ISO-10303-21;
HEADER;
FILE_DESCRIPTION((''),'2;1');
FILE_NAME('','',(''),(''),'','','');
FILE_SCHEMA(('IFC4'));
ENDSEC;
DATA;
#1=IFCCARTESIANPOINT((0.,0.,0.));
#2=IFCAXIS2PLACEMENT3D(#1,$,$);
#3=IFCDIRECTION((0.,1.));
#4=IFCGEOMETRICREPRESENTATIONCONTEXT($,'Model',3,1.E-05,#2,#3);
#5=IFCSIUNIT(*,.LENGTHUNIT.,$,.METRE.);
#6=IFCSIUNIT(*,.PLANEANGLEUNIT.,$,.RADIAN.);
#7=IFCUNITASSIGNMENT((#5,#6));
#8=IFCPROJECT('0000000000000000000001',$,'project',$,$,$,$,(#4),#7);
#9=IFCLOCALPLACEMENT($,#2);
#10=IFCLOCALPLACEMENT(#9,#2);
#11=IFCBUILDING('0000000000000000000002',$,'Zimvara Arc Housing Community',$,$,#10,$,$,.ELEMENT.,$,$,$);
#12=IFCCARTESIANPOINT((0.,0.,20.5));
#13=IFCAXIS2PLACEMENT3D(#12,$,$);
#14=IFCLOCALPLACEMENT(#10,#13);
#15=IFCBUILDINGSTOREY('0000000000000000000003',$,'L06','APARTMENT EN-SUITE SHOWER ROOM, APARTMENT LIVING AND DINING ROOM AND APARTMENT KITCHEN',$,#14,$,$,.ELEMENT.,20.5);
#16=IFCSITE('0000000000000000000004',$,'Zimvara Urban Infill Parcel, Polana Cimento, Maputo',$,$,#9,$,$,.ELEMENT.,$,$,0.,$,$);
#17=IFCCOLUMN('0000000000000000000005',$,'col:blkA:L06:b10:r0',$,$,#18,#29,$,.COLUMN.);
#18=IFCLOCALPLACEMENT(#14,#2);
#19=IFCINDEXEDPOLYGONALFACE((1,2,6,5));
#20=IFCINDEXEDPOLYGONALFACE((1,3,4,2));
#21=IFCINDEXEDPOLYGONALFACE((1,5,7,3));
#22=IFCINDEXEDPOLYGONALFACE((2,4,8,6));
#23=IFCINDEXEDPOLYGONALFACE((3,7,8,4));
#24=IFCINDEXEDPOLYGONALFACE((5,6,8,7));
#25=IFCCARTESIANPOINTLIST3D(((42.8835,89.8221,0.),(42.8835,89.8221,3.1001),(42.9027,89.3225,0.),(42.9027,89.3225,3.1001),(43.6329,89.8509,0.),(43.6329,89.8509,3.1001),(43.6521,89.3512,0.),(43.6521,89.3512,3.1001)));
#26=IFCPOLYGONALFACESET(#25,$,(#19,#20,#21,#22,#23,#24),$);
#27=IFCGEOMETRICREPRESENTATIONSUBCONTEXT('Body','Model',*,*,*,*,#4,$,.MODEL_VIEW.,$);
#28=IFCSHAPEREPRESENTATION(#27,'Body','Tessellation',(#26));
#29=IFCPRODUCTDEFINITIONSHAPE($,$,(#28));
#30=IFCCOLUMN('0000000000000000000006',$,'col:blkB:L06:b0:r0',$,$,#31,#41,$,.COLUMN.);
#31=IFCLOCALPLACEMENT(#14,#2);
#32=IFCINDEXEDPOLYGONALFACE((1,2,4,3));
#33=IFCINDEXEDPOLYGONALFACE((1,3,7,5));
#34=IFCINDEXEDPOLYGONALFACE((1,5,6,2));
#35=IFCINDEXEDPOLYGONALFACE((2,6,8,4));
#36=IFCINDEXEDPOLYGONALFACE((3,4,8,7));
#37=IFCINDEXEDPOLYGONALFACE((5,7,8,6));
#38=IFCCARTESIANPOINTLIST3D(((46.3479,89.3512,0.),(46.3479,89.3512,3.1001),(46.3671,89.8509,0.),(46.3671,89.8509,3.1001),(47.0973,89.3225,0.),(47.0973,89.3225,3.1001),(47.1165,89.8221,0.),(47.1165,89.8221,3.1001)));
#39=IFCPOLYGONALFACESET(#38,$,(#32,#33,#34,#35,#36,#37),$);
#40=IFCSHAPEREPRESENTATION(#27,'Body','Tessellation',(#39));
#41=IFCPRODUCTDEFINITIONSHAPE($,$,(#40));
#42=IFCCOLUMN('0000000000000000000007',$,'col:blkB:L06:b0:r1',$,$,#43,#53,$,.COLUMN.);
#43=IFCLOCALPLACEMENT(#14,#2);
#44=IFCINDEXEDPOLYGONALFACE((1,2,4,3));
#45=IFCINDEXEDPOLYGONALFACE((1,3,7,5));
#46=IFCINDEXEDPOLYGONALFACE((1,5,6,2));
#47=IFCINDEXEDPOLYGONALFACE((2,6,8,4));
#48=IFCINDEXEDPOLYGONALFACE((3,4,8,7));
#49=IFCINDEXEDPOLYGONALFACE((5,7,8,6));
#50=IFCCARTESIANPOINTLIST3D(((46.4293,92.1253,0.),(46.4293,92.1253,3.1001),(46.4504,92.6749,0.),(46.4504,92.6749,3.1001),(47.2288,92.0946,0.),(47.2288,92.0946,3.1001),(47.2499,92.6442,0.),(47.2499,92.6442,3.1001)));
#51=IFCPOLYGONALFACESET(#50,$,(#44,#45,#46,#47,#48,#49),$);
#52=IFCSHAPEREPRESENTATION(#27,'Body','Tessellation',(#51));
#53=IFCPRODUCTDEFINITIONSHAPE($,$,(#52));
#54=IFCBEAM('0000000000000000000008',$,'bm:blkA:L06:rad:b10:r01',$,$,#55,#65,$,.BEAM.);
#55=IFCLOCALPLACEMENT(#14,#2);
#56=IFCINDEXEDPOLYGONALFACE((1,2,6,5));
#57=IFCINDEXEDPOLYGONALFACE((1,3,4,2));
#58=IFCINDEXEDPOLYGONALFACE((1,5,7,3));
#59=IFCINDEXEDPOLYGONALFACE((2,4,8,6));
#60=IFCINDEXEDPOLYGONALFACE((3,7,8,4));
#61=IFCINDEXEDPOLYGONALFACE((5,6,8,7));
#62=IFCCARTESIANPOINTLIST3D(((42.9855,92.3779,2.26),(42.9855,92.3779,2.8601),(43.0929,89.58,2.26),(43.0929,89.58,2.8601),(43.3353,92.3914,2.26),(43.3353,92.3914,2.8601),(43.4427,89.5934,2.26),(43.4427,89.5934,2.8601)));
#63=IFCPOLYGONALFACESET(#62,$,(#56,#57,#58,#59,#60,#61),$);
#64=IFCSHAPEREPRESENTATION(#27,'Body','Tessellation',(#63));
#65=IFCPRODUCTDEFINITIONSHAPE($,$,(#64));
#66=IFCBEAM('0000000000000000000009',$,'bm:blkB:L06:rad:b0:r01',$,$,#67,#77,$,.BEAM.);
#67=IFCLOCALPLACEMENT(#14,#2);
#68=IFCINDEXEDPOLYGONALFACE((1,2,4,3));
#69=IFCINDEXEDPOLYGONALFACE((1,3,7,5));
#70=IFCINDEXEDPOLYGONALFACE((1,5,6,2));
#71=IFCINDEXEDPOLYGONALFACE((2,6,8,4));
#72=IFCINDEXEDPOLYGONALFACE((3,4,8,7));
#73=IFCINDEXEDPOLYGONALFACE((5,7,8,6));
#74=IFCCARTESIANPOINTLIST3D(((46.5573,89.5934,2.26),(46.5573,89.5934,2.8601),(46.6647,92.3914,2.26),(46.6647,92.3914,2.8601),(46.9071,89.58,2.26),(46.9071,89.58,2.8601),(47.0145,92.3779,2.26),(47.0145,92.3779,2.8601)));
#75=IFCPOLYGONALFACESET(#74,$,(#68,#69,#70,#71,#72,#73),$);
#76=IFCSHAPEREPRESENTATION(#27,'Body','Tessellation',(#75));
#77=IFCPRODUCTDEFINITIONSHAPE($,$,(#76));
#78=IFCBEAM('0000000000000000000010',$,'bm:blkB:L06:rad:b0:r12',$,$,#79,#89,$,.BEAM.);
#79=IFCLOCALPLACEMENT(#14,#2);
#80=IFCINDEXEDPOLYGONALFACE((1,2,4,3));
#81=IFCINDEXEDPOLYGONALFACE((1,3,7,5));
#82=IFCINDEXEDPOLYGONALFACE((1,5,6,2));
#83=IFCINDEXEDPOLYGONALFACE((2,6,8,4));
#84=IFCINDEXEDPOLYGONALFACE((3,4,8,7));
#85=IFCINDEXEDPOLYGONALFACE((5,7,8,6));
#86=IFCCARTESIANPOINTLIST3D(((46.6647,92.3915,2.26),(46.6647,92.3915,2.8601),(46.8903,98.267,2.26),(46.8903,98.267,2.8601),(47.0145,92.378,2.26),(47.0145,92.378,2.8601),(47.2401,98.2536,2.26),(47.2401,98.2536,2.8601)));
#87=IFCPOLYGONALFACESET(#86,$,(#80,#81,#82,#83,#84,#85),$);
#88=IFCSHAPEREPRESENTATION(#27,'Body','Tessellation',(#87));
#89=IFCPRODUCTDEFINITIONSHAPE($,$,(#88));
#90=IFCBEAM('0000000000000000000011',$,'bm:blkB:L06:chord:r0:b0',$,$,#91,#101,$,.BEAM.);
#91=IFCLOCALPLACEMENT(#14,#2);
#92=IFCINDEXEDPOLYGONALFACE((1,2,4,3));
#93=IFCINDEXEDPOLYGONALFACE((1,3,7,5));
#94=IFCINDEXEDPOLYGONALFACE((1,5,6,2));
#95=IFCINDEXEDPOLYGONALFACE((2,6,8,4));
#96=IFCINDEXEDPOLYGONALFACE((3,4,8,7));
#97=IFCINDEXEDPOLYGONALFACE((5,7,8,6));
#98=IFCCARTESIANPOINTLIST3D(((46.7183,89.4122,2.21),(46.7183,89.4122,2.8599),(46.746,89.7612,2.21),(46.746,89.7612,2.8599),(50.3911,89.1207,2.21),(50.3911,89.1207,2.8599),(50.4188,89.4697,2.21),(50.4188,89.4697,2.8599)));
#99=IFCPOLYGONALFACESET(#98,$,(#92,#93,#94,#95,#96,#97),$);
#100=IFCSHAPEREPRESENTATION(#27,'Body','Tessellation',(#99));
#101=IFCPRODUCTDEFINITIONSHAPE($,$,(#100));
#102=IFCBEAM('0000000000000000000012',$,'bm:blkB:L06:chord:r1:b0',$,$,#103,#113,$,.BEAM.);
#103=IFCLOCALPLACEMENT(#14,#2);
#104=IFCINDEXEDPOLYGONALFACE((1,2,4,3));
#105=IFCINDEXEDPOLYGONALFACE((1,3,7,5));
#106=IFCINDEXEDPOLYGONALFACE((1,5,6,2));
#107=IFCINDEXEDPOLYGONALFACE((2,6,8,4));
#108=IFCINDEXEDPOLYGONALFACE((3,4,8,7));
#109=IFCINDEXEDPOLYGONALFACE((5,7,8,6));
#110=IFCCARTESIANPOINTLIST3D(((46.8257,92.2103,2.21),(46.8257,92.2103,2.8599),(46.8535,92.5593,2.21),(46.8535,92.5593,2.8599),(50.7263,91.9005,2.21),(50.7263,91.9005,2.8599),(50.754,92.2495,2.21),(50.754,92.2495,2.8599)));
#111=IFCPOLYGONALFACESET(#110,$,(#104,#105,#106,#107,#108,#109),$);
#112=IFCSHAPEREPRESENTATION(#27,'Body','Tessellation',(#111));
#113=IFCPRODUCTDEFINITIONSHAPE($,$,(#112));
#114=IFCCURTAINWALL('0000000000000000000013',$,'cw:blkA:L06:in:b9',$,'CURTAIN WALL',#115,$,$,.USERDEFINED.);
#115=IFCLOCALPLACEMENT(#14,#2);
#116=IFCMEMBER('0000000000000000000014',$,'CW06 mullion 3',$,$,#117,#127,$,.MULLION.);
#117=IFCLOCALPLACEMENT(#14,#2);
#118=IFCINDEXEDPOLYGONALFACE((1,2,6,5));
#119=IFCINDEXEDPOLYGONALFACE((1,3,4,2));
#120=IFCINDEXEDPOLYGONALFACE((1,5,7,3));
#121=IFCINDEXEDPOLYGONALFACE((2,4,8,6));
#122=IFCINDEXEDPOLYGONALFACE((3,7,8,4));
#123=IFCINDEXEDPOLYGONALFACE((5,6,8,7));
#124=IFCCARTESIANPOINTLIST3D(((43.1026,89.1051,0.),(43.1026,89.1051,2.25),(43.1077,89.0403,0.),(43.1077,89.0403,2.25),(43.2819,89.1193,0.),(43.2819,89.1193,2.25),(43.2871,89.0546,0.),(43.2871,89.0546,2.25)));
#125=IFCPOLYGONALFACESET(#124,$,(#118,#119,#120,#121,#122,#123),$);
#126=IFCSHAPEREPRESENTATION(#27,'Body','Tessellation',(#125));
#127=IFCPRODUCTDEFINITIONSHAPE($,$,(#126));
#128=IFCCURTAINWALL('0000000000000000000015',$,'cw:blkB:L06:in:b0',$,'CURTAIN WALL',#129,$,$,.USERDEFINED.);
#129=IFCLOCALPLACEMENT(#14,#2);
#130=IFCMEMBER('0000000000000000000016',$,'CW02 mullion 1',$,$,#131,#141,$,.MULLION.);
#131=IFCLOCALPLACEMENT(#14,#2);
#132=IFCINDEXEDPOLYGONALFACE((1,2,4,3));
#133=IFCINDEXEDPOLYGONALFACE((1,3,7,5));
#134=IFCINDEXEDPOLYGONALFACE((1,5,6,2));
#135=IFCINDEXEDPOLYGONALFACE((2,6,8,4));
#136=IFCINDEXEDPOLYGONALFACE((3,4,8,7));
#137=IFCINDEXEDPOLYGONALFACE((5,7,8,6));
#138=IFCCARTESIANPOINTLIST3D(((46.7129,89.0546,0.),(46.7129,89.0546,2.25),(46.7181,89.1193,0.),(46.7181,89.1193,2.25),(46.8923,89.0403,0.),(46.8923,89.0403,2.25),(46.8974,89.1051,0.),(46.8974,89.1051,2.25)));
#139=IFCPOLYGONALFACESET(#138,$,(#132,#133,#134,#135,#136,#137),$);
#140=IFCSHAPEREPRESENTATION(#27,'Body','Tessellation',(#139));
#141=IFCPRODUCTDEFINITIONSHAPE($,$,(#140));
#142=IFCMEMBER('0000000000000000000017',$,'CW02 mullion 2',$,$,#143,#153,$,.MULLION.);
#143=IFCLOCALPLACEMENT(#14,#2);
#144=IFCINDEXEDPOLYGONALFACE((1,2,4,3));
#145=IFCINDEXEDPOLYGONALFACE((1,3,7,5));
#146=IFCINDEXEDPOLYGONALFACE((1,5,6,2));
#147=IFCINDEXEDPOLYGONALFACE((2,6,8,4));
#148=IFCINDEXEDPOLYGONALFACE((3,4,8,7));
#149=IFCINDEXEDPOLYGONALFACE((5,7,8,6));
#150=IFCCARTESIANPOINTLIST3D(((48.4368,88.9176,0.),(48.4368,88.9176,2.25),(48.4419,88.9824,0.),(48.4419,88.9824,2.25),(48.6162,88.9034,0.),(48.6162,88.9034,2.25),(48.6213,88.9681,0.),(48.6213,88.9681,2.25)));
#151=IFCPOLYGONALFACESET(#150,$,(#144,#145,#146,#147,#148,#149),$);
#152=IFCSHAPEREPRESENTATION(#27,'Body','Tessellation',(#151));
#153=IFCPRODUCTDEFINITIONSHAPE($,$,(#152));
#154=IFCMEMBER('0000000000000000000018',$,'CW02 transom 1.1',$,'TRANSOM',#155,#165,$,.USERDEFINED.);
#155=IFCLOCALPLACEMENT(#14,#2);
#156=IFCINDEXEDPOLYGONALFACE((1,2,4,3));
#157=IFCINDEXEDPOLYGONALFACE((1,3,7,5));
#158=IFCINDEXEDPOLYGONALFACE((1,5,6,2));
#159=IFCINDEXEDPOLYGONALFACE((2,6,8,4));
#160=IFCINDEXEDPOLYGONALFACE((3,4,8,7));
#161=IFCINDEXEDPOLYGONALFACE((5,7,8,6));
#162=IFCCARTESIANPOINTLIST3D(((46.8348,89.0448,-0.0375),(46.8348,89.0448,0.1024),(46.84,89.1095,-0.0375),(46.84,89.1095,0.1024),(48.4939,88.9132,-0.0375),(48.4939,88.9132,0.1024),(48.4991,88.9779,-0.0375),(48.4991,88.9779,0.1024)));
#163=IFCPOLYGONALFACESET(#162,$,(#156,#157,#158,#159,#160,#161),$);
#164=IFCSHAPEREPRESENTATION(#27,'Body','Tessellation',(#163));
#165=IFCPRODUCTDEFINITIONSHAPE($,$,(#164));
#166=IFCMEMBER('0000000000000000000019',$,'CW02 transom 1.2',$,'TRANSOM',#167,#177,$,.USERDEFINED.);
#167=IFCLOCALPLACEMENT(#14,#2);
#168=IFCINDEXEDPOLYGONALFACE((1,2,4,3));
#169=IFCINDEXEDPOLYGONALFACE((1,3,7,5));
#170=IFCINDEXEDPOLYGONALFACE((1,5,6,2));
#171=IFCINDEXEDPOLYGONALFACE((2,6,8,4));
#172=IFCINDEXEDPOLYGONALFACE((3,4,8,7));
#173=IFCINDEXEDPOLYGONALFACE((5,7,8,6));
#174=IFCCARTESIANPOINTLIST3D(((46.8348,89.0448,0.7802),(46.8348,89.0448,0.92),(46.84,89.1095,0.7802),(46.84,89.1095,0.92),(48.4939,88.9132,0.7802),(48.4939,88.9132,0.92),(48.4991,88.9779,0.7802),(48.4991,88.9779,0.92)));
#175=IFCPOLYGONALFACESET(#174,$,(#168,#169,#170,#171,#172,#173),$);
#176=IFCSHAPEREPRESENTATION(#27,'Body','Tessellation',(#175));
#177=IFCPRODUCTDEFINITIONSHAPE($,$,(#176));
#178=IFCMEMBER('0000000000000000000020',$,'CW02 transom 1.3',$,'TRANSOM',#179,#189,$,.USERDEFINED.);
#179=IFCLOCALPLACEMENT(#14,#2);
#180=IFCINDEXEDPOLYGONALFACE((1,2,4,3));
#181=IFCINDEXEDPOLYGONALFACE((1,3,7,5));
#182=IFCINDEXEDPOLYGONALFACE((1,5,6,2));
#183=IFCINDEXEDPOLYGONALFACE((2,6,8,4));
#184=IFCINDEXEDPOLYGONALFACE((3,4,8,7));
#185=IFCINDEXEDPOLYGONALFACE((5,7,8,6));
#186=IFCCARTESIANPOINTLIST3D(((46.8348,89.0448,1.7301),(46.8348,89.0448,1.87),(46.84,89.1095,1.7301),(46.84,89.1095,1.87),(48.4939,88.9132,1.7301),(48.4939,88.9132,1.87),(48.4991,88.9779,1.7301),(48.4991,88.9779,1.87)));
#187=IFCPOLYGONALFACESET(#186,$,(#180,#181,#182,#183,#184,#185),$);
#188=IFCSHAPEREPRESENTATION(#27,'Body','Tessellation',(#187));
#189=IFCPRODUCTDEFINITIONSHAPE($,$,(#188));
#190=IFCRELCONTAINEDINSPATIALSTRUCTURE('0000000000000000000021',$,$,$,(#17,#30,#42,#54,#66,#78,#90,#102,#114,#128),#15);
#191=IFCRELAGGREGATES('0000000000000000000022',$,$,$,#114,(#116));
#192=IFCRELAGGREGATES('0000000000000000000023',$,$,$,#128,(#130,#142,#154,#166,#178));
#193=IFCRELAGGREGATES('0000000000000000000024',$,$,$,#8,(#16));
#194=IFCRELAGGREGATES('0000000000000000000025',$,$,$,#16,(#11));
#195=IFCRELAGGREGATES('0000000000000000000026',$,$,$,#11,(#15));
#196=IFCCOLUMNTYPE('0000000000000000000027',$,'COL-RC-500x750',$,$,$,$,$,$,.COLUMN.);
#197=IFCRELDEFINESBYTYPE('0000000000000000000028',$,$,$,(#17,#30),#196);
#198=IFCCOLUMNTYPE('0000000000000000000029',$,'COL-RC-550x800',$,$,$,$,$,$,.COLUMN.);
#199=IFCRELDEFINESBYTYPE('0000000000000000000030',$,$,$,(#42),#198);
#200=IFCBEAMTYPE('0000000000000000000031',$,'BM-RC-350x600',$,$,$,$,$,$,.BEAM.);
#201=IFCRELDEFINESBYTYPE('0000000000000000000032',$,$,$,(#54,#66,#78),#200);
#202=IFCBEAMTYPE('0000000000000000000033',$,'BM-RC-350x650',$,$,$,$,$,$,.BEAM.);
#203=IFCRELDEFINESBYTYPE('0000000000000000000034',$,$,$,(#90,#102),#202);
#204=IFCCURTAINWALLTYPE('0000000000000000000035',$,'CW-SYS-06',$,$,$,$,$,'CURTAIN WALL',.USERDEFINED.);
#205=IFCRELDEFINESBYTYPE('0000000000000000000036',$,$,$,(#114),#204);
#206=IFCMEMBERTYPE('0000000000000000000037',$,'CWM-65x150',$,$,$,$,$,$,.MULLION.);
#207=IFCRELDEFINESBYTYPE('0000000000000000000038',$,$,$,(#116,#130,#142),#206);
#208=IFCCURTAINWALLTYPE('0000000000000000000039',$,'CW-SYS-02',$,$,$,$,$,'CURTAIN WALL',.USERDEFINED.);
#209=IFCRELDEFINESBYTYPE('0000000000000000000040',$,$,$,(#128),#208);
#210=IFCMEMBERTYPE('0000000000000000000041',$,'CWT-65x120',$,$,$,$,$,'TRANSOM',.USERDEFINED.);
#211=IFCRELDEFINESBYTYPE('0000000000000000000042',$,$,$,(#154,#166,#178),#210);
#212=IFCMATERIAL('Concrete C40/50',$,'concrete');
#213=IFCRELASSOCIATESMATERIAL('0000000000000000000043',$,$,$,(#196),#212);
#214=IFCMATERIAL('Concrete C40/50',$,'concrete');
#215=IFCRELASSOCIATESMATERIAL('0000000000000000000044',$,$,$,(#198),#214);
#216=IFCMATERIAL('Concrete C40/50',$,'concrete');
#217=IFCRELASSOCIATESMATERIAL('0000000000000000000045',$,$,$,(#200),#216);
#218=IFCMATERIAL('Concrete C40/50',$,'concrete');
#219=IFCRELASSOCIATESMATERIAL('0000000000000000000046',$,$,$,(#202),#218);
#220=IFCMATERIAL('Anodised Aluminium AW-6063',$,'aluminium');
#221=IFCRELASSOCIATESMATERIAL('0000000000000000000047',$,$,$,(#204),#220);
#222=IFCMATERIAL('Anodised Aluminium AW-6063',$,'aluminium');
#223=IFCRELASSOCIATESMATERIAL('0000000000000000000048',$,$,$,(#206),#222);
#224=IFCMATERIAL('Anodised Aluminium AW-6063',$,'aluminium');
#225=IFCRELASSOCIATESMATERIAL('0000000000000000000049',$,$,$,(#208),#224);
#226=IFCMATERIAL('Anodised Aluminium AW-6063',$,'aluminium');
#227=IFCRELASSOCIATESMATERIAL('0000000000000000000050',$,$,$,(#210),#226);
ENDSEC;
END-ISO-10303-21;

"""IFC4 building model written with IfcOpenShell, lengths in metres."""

from ifc_helpers import new_model, si_unit, direction, frame, origin, origin_2d, place, context, subcontext, project, spatial, rectangle, extrude, material, material_profile, profile_set, type_object, element, aggregate, save


model = new_model("IFC4")

# Units and contexts
model_context = context("Model", 3, precision=1e-05, world=origin(), true_north=direction((0.0, 1.0)))
body_context = subcontext(model_context, "Body", "Model", "MODEL_VIEW")
ifc_project = project(units=[si_unit("LENGTHUNIT", "METRE"), si_unit("PLANEANGLEUNIT", "RADIAN")], contexts=[model_context])

# Site, building, storey
site_placement = place(None, origin())
site = spatial("IfcSite", under=ifc_project, at=site_placement, Name="Zimvara Urban Infill Parcel, Polana Cimento, Maputo", CompositionType="ELEMENT", RefElevation=0.0)
building_placement = place(site_placement, origin())
building = spatial("IfcBuilding", under=site, at=building_placement, Name="Zimvara Arc Housing Community", CompositionType="ELEMENT")
storey_placement = place(building_placement, frame((0.0, 0.0, 20.5)))
storey = spatial("IfcBuildingStorey", under=building, at=storey_placement, Name="L06", Description="APARTMENT EN-SUITE SHOWER ROOM, APARTMENT LIVING AND DINING ROOM AND APARTMENT KITCHEN", CompositionType="ELEMENT", Elevation=20.5)

# Columns
ifc_material_1 = material(Name="Concrete C40/50", Category="concrete")
ifc_material_profile_1 = material_profile(ifc_material_1, rectangle(XDim=0.5, YDim=0.75, at=origin_2d()), Name="RC 500x750")
ifc_profile_set_1 = profile_set([ifc_material_profile_1], Name="Concrete C40/50")
column_type_1 = type_object("IfcColumnType", Name="COL-RC-500x750", PredefinedType="COLUMN", material=ifc_profile_set_1)
for number, where, z_axis, x_axis, name in (
    (1, (43.2678, 89.5867, 0.0), (0.0, 0.0, 1.0), (-0.038388, 0.999263, 0.0), "col:blkA:L06:b10:r0"),
    (2, (46.7322, 89.5867, 0.0), (0.0, 0.0, 1.0), (0.038388, 0.999263, 0.0), "col:blkB:L06:b0:r0"),
):
    element("IfcColumn", number, at=place(storey_placement, frame(where, z_axis=z_axis, x_axis=x_axis)), inside=storey, type_object=column_type_1, Name=name, PredefinedType="COLUMN", context=body_context, shape_type="SweptSolid", body=[
        extrude(rectangle(XDim=0.5, YDim=0.75, at=origin_2d()), origin(), (0.0, 0.0, 1.0), 3.1001),
    ])
ifc_material_2 = material(Name="Concrete C40/50", Category="concrete")
ifc_material_profile_2 = material_profile(ifc_material_2, rectangle(XDim=0.55, YDim=0.8, at=origin_2d()), Name="RC 550x800")
ifc_profile_set_2 = profile_set([ifc_material_profile_2], Name="Concrete C40/50")
column_type_2 = type_object("IfcColumnType", Name="COL-RC-550x800", PredefinedType="COLUMN", material=ifc_profile_set_2)
column_placement = place(storey_placement, frame((46.8396, 92.3848, 0.0), z_axis=(0.0, 0.0, 1.0), x_axis=(0.038388, 0.999263, 0.0)))
element("IfcColumn", 3, at=column_placement, inside=storey, type_object=column_type_2, Name="col:blkB:L06:b0:r1", PredefinedType="COLUMN", context=body_context, shape_type="SweptSolid", body=[
    extrude(rectangle(XDim=0.55, YDim=0.8, at=origin_2d()), origin(), (0.0, 0.0, 1.0), 3.1001),
])

# Beams
ifc_material_3 = material(Name="Concrete C40/50", Category="concrete")
ifc_material_profile_3 = material_profile(ifc_material_3, rectangle(XDim=0.3501, YDim=0.6001, at=origin_2d()), Name="RC 350x600")
ifc_profile_set_3 = profile_set([ifc_material_profile_3], Name="Concrete C40/50")
beam_type_1 = type_object("IfcBeamType", Name="BM-RC-350x600", PredefinedType="BEAM", material=ifc_profile_set_3)
for number, where, z_axis, x_axis, name in (
    (4, (43.2678, 89.5867, 2.5601), (-0.038363, 0.999264, 0.0), (-0.999264, -0.038363, 0.0), "bm:blkA:L06:rad:b10:r01"),
    (5, (46.7322, 89.5867, 2.5601), (0.038363, 0.999264, 0.0), (-0.999264, 0.038363, 0.0), "bm:blkB:L06:rad:b0:r01"),
):
    element("IfcBeam", number, at=place(storey_placement, frame(where, z_axis=z_axis, x_axis=x_axis)), inside=storey, type_object=beam_type_1, Name=name, PredefinedType="BEAM", context=body_context, shape_type="SweptSolid", body=[
        extrude(rectangle(XDim=0.3501, YDim=0.6001, at=origin_2d()), origin(), (0.0, 0.0, 1.0), 2.8),
    ])
beam_1_placement = place(storey_placement, frame((46.8396, 92.3848, 2.5601), z_axis=(0.038366, 0.999264, 0.0), x_axis=(-0.999264, 0.038366, 0.0)))
element("IfcBeam", 6, at=beam_1_placement, inside=storey, type_object=beam_type_1, Name="bm:blkB:L06:rad:b0:r12", PredefinedType="BEAM", context=body_context, shape_type="SweptSolid", body=[
    extrude(rectangle(XDim=0.3501, YDim=0.6001, at=origin_2d()), origin(), (0.0, 0.0, 1.0), 5.8799),
])
ifc_material_4 = material(Name="Concrete C40/50", Category="concrete")
ifc_material_profile_4 = material_profile(ifc_material_4, rectangle(XDim=0.3501, YDim=0.6499, at=origin_2d()), Name="RC 350x650")
ifc_profile_set_4 = profile_set([ifc_material_profile_4], Name="Concrete C40/50")
beam_type_2 = type_object("IfcBeamType", Name="BM-RC-350x650", PredefinedType="BEAM", material=ifc_profile_set_4)
beam_2_placement = place(storey_placement, frame((46.7322, 89.5867, 2.5349), z_axis=(0.996865, -0.079118, 0.0), x_axis=(0.079118, 0.996865, 0.0)))
element("IfcBeam", 7, at=beam_2_placement, inside=storey, type_object=beam_type_2, Name="bm:blkB:L06:chord:r0:b0", PredefinedType="BEAM", context=body_context, shape_type="SweptSolid", body=[
    extrude(rectangle(XDim=0.3501, YDim=0.6499, at=origin_2d()), origin(), (0.0, 0.0, 1.0), 3.6843),
])
beam_3_placement = place(storey_placement, frame((46.8396, 92.3848, 2.5349), z_axis=(0.996861, -0.079177, 0.0), x_axis=(0.079177, 0.996861, 0.0)))
element("IfcBeam", 8, at=beam_3_placement, inside=storey, type_object=beam_type_2, Name="bm:blkB:L06:chord:r1:b0", PredefinedType="BEAM", context=body_context, shape_type="SweptSolid", body=[
    extrude(rectangle(XDim=0.3501, YDim=0.6499, at=origin_2d()), origin(), (0.0, 0.0, 1.0), 3.9128),
])

# Curtain wall, member
ifc_material_5 = material(Name="Anodised Aluminium AW-6063", Category="aluminium")
curtain_wall_type_1 = type_object("IfcCurtainWallType", Name="CW-SYS-06", ElementType="CURTAIN WALL", PredefinedType="USERDEFINED", material=ifc_material_5)
curtain_wall_1_placement = place(storey_placement, origin())
curtain_wall_1 = element("IfcCurtainWall", 9, at=curtain_wall_1_placement, inside=storey, type_object=curtain_wall_type_1, Name="cw:blkA:L06:in:b9", ObjectType="CURTAIN WALL", PredefinedType="USERDEFINED")
ifc_material_6 = material(Name="Anodised Aluminium AW-6063", Category="aluminium")
ifc_material_profile_5 = material_profile(ifc_material_6, rectangle(XDim=0.0649, YDim=0.1799, at=origin_2d()), Name="ALU 65x180")
ifc_profile_set_5 = profile_set([ifc_material_profile_5], Name="Anodised Aluminium AW-6063")
member_type_1 = type_object("IfcMemberType", Name="CWM-65x150", PredefinedType="MULLION", material=ifc_profile_set_5)
member_1_placement = place(storey_placement, frame((43.1948, 89.0798, 0.0), z_axis=(0.0, 0.0, 1.0), x_axis=(-0.079155, 0.996862, 0.0)))
member_1 = element("IfcMember", 10, at=member_1_placement, type_object=member_type_1, Name="CW06 mullion 3", PredefinedType="MULLION", context=body_context, shape_type="SweptSolid", body=[
    extrude(rectangle(XDim=0.0649, YDim=0.1799, at=origin_2d()), origin(), (0.0, 0.0, 1.0), 2.25),
])
aggregate(curtain_wall_1, [member_1])

# Curtain wall, members
ifc_material_7 = material(Name="Anodised Aluminium AW-6063", Category="aluminium")
curtain_wall_type_2 = type_object("IfcCurtainWallType", Name="CW-SYS-02", ElementType="CURTAIN WALL", PredefinedType="USERDEFINED", material=ifc_material_7)
curtain_wall_2_placement = place(storey_placement, origin())
curtain_wall_2 = element("IfcCurtainWall", 11, at=curtain_wall_2_placement, inside=storey, type_object=curtain_wall_type_2, Name="cw:blkB:L06:in:b0", ObjectType="CURTAIN WALL", PredefinedType="USERDEFINED")
member_2_placement = place(storey_placement, frame((46.8052, 89.0798, 0.0), z_axis=(0.0, 0.0, 1.0), x_axis=(0.079155, 0.996862, 0.0)))
member_2 = element("IfcMember", 12, at=member_2_placement, type_object=member_type_1, Name="CW02 mullion 1", PredefinedType="MULLION", context=body_context, shape_type="SweptSolid", body=[
    extrude(rectangle(XDim=0.0649, YDim=0.1799, at=origin_2d()), origin(), (0.0, 0.0, 1.0), 2.25),
])
member_3_placement = place(storey_placement, frame((48.5291, 88.9429, 0.0), z_axis=(0.0, 0.0, 1.0), x_axis=(0.079155, 0.996862, 0.0)))
member_3 = element("IfcMember", 13, at=member_3_placement, type_object=member_type_1, Name="CW02 mullion 2", PredefinedType="MULLION", context=body_context, shape_type="SweptSolid", body=[
    extrude(rectangle(XDim=0.0649, YDim=0.1799, at=origin_2d()), origin(), (0.0, 0.0, 1.0), 2.25),
])
ifc_material_8 = material(Name="Anodised Aluminium AW-6063", Category="aluminium")
ifc_material_profile_6 = material_profile(ifc_material_8, rectangle(XDim=0.0649, YDim=0.1399, at=origin_2d()), Name="ALU 65x140")
ifc_profile_set_6 = profile_set([ifc_material_profile_6], Name="Anodised Aluminium AW-6063")
member_type_2 = type_object("IfcMemberType", Name="CWT-65x120", ElementType="TRANSOM", PredefinedType="USERDEFINED", material=ifc_profile_set_6)
member_4_placement = place(storey_placement, frame((46.8374, 89.0771, 0.0325), z_axis=(0.99687, -0.079063, 0.0), x_axis=(0.079063, 0.99687, 0.0)))
member_4 = element("IfcMember", 14, at=member_4_placement, type_object=member_type_2, Name="CW02 transom 1.1", ObjectType="TRANSOM", PredefinedType="USERDEFINED", context=body_context, shape_type="SweptSolid", body=[
    extrude(rectangle(XDim=0.0649, YDim=0.1399, at=origin_2d()), origin(), (0.0, 0.0, 1.0), 1.6643),
])
member_5_placement = place(storey_placement, frame((46.8374, 89.0771, 0.8501), z_axis=(0.99687, -0.079063, 0.0), x_axis=(0.079063, 0.99687, 0.0)))
member_5 = element("IfcMember", 15, at=member_5_placement, type_object=member_type_2, Name="CW02 transom 1.2", ObjectType="TRANSOM", PredefinedType="USERDEFINED", context=body_context, shape_type="SweptSolid", body=[
    extrude(rectangle(XDim=0.0649, YDim=0.1399, at=origin_2d()), origin(), (0.0, 0.0, 1.0), 1.6643),
])
member_6_placement = place(storey_placement, frame((46.8374, 89.0771, 1.8), z_axis=(0.99687, -0.079063, 0.0), x_axis=(0.079063, 0.99687, 0.0)))
member_6 = element("IfcMember", 16, at=member_6_placement, type_object=member_type_2, Name="CW02 transom 1.3", ObjectType="TRANSOM", PredefinedType="USERDEFINED", context=body_context, shape_type="SweptSolid", body=[
    extrude(rectangle(XDim=0.0649, YDim=0.1399, at=origin_2d()), origin(), (0.0, 0.0, 1.0), 1.6643),
])
aggregate(curtain_wall_2, [member_2, member_3, member_4, member_5, member_6])

save(model, "model.ifc")
